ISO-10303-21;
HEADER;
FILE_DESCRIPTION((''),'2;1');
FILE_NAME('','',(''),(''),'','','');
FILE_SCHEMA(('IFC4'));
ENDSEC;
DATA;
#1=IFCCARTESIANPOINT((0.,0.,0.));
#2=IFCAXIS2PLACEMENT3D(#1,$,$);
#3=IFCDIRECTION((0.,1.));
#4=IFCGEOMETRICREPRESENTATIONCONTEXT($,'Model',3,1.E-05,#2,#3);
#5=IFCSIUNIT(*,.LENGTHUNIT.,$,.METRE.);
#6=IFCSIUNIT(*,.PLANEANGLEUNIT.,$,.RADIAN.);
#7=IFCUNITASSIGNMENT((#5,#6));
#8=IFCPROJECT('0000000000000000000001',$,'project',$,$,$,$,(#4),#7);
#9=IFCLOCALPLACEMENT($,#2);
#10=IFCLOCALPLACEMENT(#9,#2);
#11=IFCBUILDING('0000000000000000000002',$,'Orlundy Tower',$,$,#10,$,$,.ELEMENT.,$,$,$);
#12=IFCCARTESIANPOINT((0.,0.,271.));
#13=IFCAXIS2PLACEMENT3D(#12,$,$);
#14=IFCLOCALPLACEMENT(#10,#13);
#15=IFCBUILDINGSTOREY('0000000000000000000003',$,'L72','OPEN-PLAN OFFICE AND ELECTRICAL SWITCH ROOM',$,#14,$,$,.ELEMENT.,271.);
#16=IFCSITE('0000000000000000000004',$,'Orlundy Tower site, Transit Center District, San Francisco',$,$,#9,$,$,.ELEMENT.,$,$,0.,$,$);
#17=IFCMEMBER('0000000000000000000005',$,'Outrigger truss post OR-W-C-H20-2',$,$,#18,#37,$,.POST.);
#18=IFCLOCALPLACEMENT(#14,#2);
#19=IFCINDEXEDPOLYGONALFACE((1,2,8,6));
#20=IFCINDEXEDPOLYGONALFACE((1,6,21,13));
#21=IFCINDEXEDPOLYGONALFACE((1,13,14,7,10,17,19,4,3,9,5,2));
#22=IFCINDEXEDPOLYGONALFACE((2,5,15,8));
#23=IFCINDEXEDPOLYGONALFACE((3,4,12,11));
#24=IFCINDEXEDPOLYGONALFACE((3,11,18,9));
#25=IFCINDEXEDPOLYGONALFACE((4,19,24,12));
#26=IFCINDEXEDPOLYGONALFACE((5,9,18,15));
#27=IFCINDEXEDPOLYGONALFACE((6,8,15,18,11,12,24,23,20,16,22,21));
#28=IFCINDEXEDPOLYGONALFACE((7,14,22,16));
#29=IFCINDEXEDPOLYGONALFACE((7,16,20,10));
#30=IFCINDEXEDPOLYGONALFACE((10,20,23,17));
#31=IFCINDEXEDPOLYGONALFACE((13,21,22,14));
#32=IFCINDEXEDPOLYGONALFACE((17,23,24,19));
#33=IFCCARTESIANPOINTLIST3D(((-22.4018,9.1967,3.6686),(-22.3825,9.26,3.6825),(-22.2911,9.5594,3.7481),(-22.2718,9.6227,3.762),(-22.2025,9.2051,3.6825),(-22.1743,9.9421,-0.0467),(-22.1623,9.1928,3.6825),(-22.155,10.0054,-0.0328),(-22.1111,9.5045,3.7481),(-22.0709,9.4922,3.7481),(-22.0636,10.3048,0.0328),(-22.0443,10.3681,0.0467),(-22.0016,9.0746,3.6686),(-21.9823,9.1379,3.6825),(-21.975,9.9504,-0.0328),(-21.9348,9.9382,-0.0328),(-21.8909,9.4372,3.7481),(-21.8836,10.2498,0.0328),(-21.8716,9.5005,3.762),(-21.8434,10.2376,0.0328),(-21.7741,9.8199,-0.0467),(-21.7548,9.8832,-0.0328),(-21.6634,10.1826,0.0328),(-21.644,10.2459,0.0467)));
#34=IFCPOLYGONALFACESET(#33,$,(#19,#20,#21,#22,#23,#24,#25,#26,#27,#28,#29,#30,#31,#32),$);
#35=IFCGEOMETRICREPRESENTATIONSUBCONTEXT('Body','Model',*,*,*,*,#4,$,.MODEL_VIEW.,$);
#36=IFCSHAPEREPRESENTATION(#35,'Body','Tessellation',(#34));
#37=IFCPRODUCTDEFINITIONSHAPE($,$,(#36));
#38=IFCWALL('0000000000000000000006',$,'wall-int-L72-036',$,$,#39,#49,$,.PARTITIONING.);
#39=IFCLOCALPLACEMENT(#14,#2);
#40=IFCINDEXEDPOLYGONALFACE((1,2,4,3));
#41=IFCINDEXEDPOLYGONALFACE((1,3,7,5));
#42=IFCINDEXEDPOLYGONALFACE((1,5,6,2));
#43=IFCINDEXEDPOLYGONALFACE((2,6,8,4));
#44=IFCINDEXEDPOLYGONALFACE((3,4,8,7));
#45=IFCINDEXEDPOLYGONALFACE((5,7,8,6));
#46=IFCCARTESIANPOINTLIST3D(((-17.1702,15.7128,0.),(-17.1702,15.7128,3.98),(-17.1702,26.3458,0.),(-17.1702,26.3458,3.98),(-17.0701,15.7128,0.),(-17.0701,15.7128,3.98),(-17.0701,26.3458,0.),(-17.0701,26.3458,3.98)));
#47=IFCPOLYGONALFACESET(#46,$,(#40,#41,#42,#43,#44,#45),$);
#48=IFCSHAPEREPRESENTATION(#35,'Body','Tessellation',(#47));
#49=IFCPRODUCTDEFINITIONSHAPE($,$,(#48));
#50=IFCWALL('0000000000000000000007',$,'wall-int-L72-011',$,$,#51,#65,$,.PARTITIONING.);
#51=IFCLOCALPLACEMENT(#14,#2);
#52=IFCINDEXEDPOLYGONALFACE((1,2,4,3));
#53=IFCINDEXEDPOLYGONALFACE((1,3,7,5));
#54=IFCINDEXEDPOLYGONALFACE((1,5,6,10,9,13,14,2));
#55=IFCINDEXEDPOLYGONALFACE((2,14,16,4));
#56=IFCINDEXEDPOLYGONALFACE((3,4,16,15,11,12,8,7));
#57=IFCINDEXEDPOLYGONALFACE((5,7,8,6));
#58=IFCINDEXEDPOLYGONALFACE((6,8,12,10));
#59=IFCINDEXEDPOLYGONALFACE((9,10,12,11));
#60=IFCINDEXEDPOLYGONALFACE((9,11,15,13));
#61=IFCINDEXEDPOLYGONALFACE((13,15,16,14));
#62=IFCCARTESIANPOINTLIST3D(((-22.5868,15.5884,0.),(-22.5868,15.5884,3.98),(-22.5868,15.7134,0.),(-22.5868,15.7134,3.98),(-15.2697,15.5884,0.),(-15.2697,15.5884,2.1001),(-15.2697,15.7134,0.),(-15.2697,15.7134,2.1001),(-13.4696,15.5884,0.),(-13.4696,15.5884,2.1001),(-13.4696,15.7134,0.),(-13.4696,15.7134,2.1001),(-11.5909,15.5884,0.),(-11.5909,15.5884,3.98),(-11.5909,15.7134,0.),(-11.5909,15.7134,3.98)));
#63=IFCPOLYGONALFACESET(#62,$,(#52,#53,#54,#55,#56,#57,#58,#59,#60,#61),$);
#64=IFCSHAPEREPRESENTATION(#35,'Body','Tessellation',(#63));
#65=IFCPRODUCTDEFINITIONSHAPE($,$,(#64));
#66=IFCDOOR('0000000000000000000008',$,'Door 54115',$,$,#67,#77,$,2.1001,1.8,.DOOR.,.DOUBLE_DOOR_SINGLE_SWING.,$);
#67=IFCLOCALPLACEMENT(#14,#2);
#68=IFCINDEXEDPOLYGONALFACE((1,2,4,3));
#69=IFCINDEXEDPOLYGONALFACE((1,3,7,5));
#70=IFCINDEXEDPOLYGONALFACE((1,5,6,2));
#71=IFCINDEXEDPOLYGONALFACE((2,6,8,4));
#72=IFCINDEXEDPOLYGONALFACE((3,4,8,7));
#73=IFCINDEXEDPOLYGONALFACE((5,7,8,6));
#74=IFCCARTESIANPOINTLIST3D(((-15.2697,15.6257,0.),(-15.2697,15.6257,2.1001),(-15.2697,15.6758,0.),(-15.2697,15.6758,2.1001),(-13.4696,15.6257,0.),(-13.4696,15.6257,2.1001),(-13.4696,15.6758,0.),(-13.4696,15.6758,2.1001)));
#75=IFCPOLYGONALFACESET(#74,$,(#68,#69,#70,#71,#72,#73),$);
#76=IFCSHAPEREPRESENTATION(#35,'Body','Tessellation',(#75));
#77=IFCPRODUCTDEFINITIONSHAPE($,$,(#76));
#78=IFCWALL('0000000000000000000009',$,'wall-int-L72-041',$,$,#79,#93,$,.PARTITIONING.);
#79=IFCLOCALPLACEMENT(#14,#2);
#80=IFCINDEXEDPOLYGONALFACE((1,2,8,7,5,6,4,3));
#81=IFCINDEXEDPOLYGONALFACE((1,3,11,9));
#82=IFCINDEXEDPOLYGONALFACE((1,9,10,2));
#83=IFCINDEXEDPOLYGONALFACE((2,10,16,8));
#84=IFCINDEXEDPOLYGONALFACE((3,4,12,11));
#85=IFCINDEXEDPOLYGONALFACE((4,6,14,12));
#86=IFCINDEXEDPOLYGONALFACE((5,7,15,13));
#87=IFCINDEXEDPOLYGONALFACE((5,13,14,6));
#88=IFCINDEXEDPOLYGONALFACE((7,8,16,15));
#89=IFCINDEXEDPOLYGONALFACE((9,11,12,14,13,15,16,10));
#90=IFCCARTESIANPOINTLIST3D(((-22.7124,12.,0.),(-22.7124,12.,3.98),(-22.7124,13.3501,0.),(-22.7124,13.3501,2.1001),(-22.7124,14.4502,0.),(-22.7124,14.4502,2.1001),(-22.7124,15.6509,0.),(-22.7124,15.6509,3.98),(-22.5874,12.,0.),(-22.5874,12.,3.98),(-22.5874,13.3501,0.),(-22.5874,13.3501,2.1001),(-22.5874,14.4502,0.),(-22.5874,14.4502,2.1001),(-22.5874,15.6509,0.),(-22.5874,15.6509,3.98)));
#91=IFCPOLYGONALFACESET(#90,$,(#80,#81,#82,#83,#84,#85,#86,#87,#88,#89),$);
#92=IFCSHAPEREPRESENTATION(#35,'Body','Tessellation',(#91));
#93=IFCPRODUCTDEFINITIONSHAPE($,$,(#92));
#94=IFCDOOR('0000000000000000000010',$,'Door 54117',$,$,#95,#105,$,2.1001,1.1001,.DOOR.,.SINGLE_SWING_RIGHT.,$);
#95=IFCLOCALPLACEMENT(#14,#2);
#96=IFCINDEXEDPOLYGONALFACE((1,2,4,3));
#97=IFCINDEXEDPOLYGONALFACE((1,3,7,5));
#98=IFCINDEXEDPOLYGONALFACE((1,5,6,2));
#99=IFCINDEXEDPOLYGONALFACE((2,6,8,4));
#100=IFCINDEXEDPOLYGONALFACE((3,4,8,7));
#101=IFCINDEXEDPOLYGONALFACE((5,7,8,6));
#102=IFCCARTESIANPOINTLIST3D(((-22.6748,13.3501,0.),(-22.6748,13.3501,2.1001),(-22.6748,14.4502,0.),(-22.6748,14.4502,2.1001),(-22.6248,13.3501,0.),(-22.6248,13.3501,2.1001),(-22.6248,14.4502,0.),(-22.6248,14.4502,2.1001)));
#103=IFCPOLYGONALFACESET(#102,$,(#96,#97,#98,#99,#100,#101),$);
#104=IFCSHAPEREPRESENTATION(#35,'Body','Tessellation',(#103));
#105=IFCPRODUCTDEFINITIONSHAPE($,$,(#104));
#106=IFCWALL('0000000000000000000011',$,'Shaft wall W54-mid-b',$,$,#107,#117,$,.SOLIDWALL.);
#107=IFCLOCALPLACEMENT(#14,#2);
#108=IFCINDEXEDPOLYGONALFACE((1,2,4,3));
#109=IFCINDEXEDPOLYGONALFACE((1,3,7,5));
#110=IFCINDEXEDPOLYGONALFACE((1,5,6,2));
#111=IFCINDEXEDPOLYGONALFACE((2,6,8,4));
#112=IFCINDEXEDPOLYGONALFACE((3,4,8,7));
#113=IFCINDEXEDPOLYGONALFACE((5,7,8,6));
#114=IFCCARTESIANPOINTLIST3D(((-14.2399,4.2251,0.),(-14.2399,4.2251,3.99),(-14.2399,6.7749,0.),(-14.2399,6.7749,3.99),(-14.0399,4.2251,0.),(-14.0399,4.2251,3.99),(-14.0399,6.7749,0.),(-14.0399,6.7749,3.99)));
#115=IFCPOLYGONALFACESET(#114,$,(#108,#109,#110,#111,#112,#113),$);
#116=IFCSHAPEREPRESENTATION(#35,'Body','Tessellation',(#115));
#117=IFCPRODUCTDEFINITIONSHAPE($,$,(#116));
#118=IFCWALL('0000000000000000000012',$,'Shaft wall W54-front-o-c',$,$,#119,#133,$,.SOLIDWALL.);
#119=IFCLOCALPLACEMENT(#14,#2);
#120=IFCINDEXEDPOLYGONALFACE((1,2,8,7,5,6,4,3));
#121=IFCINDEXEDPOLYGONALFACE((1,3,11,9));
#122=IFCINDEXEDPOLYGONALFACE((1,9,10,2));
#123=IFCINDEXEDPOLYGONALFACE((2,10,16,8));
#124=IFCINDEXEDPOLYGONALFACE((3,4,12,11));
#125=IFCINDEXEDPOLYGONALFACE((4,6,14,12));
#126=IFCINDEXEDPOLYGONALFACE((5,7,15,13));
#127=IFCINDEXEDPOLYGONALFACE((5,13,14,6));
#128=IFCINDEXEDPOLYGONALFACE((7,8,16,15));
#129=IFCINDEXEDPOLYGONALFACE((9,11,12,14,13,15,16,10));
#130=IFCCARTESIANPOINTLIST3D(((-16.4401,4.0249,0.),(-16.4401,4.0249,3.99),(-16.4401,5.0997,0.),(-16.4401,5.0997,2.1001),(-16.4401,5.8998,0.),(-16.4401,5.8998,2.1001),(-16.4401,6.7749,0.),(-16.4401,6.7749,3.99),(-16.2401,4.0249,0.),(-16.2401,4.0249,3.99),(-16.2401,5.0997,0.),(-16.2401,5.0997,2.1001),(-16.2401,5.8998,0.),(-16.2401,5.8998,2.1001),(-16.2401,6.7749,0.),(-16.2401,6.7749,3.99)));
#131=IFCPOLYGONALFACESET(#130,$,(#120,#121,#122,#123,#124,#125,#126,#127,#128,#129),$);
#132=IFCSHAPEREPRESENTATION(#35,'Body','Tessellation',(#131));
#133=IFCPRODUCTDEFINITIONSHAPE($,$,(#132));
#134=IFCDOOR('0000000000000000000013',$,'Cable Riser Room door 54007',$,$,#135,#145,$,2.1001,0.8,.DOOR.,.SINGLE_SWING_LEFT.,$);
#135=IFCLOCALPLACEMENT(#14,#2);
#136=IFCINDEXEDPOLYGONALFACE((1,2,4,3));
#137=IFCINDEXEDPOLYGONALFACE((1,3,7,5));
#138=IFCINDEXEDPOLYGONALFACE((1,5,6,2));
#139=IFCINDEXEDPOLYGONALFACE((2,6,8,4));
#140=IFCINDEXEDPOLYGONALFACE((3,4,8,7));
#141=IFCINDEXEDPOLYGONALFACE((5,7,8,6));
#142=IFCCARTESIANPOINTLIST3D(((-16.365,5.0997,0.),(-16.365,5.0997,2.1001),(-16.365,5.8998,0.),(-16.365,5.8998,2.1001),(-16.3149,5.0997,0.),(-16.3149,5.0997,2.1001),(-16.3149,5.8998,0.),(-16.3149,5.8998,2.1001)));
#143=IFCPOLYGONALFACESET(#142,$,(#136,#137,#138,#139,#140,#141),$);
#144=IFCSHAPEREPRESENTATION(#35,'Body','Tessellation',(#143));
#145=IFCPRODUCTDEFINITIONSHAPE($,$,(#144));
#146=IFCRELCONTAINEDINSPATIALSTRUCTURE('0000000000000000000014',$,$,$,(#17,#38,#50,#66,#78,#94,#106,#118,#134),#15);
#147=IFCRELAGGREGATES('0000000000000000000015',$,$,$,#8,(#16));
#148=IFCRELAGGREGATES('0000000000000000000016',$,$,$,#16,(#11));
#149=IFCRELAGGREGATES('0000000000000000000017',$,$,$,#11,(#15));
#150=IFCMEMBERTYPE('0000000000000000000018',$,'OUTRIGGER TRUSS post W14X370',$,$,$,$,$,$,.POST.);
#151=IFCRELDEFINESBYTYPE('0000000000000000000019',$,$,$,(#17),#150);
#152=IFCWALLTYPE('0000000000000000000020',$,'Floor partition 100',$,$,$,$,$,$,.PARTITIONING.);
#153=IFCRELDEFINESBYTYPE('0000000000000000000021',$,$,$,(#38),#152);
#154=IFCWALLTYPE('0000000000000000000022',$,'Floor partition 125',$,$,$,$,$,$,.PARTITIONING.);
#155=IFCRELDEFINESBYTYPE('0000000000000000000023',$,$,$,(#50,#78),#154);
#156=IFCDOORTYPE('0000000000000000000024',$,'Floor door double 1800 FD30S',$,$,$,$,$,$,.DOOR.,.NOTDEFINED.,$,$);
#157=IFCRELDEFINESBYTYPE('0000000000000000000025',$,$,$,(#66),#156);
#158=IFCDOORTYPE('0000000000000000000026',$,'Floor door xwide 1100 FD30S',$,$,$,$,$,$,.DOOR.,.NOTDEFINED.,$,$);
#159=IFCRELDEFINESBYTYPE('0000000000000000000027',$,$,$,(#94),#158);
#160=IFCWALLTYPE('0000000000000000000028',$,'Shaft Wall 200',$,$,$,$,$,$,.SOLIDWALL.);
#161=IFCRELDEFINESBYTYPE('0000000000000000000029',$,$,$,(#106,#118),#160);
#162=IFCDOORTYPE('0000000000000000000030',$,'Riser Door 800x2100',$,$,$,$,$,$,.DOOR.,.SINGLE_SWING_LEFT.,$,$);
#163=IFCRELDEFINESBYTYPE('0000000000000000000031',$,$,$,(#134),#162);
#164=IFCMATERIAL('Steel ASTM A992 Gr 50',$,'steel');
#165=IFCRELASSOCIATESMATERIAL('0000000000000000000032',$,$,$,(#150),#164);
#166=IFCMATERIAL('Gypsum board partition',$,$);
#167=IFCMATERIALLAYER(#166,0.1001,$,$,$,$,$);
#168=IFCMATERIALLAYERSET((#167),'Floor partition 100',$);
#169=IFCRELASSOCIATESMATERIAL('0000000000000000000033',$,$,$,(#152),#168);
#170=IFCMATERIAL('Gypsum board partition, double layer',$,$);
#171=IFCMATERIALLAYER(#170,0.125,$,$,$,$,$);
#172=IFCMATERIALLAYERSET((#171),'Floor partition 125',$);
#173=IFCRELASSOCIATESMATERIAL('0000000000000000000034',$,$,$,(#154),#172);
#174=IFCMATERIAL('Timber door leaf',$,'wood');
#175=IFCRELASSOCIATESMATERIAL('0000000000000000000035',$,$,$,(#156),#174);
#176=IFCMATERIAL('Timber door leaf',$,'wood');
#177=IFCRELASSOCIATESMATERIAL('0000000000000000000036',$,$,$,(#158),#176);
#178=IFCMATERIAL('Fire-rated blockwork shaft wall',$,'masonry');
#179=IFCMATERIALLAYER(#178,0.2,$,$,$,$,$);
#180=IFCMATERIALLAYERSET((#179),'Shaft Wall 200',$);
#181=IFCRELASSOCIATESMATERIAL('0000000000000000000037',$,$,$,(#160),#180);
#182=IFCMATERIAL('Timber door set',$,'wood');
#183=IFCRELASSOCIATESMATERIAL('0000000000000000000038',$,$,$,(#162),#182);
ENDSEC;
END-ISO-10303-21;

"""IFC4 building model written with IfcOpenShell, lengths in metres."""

from ifc_helpers import new_model, si_unit, direction, frame, frame_2d, origin, origin_2d, place, context, subcontext, project, spatial, rectangle, i_section, extrude, material, layer, layer_set, material_profile, profile_set, type_object, element, fill, save


model = new_model("IFC4")

# Units and contexts
model_context = context("Model", 3, precision=1e-05, world=origin(), true_north=direction((0.0, 1.0)))
body_context = subcontext(model_context, "Body", "Model", "MODEL_VIEW")
ifc_project = project(units=[si_unit("LENGTHUNIT", "METRE"), si_unit("PLANEANGLEUNIT", "RADIAN")], contexts=[model_context])

# Site, building, storey
site_placement = place(None, origin())
site = spatial("IfcSite", under=ifc_project, at=site_placement, Name="Orlundy Tower site, Transit Center District, San Francisco", CompositionType="ELEMENT", RefElevation=0.0)
building_placement = place(site_placement, origin())
building = spatial("IfcBuilding", under=site, at=building_placement, Name="Orlundy Tower", CompositionType="ELEMENT")
storey_placement = place(building_placement, frame((0.0, 0.0, 271.0)))
storey = spatial("IfcBuildingStorey", under=building, at=storey_placement, Name="L72", Description="OPEN-PLAN OFFICE AND ELECTRICAL SWITCH ROOM", CompositionType="ELEMENT", Elevation=271.0)

# Member
ifc_material_1 = material(Name="Steel ASTM A992 Gr 50", Category="steel")
ifc_material_profile_1 = material_profile(ifc_material_1, i_section(OverallWidth=0.4185, OverallDepth=0.4551, WebThickness=0.042, FlangeThickness=0.0676, at=origin_2d()), Name="W14X370")
ifc_profile_set_1 = profile_set([ifc_material_profile_1], Name="Steel ASTM A992 Gr 50")
member_type_1 = type_object("IfcMemberType", Name="OUTRIGGER TRUSS post W14X370", PredefinedType="POST", material=ifc_profile_set_1)
member_1_placement = place(storey_placement, frame((-21.9092, 10.094, 0.0), z_axis=(-0.059939, -0.196345, 0.978701), x_axis=(0.956427, -0.291972, 0.0)))
element("IfcMember", 1, at=member_1_placement, inside=storey, type_object=member_type_1, Name="Outrigger truss post OR-W-C-H20-2", PredefinedType="POST", context=body_context, shape_type="SweptSolid", body=[
    extrude(i_section(OverallWidth=0.4185, OverallDepth=0.4551, WebThickness=0.042, FlangeThickness=0.0676, at=origin_2d()), origin(), (0.0, 0.0, 1.0), 3.7961),
])

# Wall
ifc_material_2 = material(Name="Gypsum board partition")
ifc_layer_1 = layer(ifc_material_2, 0.1001)
ifc_layer_set_1 = layer_set([ifc_layer_1], Name="Floor partition 100")
wall_type_1 = type_object("IfcWallType", Name="Floor partition 100", PredefinedType="PARTITIONING", material=ifc_layer_set_1)
wall_1_placement = place(storey_placement, frame((-17.1201, 15.7129, 0.0), z_axis=(0.0, 0.0, 1.0), x_axis=(0.0, 1.0, 0.0)))
element("IfcWall", 2, at=wall_1_placement, inside=storey, type_object=wall_type_1, Name="wall-int-L72-036", PredefinedType="PARTITIONING", context=body_context, shape_type="SweptSolid", body=[
    extrude(rectangle(XDim=10.6331, YDim=0.1001, at=frame_2d((5.3164, 0.0))), origin(), (0.0, 0.0, 1.0), 3.98),
])

# Walls, openings, doors
ifc_material_3 = material(Name="Gypsum board partition, double layer")
ifc_layer_2 = layer(ifc_material_3, 0.125)
ifc_layer_set_2 = layer_set([ifc_layer_2], Name="Floor partition 125")
wall_type_2 = type_object("IfcWallType", Name="Floor partition 125", PredefinedType="PARTITIONING", material=ifc_layer_set_2)
wall_2_placement = place(storey_placement, frame((-22.5869, 15.6509, 0.0), z_axis=(0.0, 0.0, 1.0), x_axis=(1.0, 0.0, 0.0)))
wall_2 = element("IfcWall", 3, at=wall_2_placement, inside=storey, type_object=wall_type_2, Name="wall-int-L72-011", PredefinedType="PARTITIONING", context=body_context, shape_type="SweptSolid", body=[
    extrude(rectangle(XDim=10.9958, YDim=0.125, at=frame_2d((5.498, 0.0))), origin(), (0.0, 0.0, 1.0), 3.98),
])
opening_1_placement = place(wall_2_placement, frame((7.3174, 0.0, 0.0)))
opening_1 = element("IfcOpeningElement", 4, at=opening_1_placement, cuts=wall_2, PredefinedType="OPENING", context=body_context, shape_type="SweptSolid", body=[
    extrude(rectangle(XDim=1.8, YDim=2.1001, at=frame_2d((0.8999, 1.05))), frame((0.0, 0.0725, 0.0), z_axis=(0.0, -1.0, 0.0), x_axis=(1.0, 0.0, 0.0)), (0.0, 0.0, 1.0), 0.145),
])
ifc_material_4 = material(Name="Timber door leaf", Category="wood")
door_type_1 = type_object("IfcDoorType", Name="Floor door double 1800 FD30S", OperationType="NOTDEFINED", PredefinedType="DOOR", material=ifc_material_4)
door_1_placement = place(opening_1_placement, origin())
door_1 = element("IfcDoor", 5, at=door_1_placement, inside=storey, type_object=door_type_1, Name="Door 54115", OperationType="DOUBLE_DOOR_SINGLE_SWING", OverallHeight=2.1001, OverallWidth=1.8, PredefinedType="DOOR", context=body_context, shape_type="SweptSolid", body=[
    extrude(rectangle(XDim=1.8, YDim=2.1001, at=frame_2d((0.8999, 1.05))), frame((0.0, 0.0249, 0.0), z_axis=(0.0, -1.0, 0.0), x_axis=(1.0, 0.0, 0.0)), (0.0, 0.0, 1.0), 0.05),
])
fill(opening_1, door_1)
wall_3_placement = place(storey_placement, frame((-22.6499, 12.0, 0.0), z_axis=(0.0, 0.0, 1.0), x_axis=(0.0, 1.0, 0.0)))
wall_3 = element("IfcWall", 6, at=wall_3_placement, inside=storey, type_object=wall_type_2, Name="wall-int-L72-041", PredefinedType="PARTITIONING", context=body_context, shape_type="SweptSolid", body=[
    extrude(rectangle(XDim=3.6509, YDim=0.125, at=frame_2d((1.8254, 0.0))), origin(), (0.0, 0.0, 1.0), 3.98),
])
opening_2_placement = place(wall_3_placement, frame((1.3501, 0.0, 0.0)))
opening_2 = element("IfcOpeningElement", 7, at=opening_2_placement, cuts=wall_3, PredefinedType="OPENING", context=body_context, shape_type="SweptSolid", body=[
    extrude(rectangle(XDim=1.1001, YDim=2.1001, at=frame_2d((0.55, 1.05))), frame((0.0, 0.0725, 0.0), z_axis=(0.0, -1.0, 0.0), x_axis=(1.0, 0.0, 0.0)), (0.0, 0.0, 1.0), 0.145),
])
ifc_material_5 = material(Name="Timber door leaf", Category="wood")
door_type_2 = type_object("IfcDoorType", Name="Floor door xwide 1100 FD30S", OperationType="NOTDEFINED", PredefinedType="DOOR", material=ifc_material_5)
door_2_placement = place(opening_2_placement, origin())
door_2 = element("IfcDoor", 8, at=door_2_placement, inside=storey, type_object=door_type_2, Name="Door 54117", OperationType="SINGLE_SWING_RIGHT", OverallHeight=2.1001, OverallWidth=1.1001, PredefinedType="DOOR", context=body_context, shape_type="SweptSolid", body=[
    extrude(rectangle(XDim=1.1001, YDim=2.1001, at=frame_2d((0.55, 1.05))), frame((0.0, 0.0249, 0.0), z_axis=(0.0, -1.0, 0.0), x_axis=(1.0, 0.0, 0.0)), (0.0, 0.0, 1.0), 0.05),
])
fill(opening_2, door_2)

# Wall
ifc_material_6 = material(Name="Fire-rated blockwork shaft wall", Category="masonry")
ifc_layer_3 = layer(ifc_material_6, 0.2)
ifc_layer_set_3 = layer_set([ifc_layer_3], Name="Shaft Wall 200")
wall_type_3 = type_object("IfcWallType", Name="Shaft Wall 200", PredefinedType="SOLIDWALL", material=ifc_layer_set_3)
wall_4_placement = place(storey_placement, frame((-14.1399, 4.2251, 0.0), z_axis=(0.0, 0.0, 1.0), x_axis=(0.0, 1.0, 0.0)))
element("IfcWall", 9, at=wall_4_placement, inside=storey, type_object=wall_type_3, Name="Shaft wall W54-mid-b", PredefinedType="SOLIDWALL", context=body_context, shape_type="SweptSolid", body=[
    extrude(rectangle(XDim=2.5498, YDim=0.2, at=frame_2d((1.2749, 0.0))), origin(), (0.0, 0.0, 1.0), 3.99),
])

# Wall, opening, door
wall_5_placement = place(storey_placement, frame((-16.3401, 4.0249, 0.0), z_axis=(0.0, 0.0, 1.0), x_axis=(0.0, 1.0, 0.0)))
wall_5 = element("IfcWall", 10, at=wall_5_placement, inside=storey, type_object=wall_type_3, Name="Shaft wall W54-front-o-c", PredefinedType="SOLIDWALL", context=body_context, shape_type="SweptSolid", body=[
    extrude(rectangle(XDim=2.75, YDim=0.2, at=frame_2d((1.375, 0.0))), origin(), (0.0, 0.0, 1.0), 3.99),
])
opening_3_placement = place(wall_5_placement, frame((1.075, 0.0, 0.0)))
opening_3 = element("IfcOpeningElement", 11, at=opening_3_placement, cuts=wall_5, PredefinedType="OPENING", context=body_context, shape_type="SweptSolid", body=[
    extrude(rectangle(XDim=0.8, YDim=2.1001, at=frame_2d((0.3999, 1.05))), frame((0.0, 0.1101, 0.0), z_axis=(0.0, -1.0, 0.0), x_axis=(1.0, 0.0, 0.0)), (0.0, 0.0, 1.0), 0.2202),
])
ifc_material_7 = material(Name="Timber door set", Category="wood")
door_type_3 = type_object("IfcDoorType", Name="Riser Door 800x2100", OperationType="SINGLE_SWING_LEFT", PredefinedType="DOOR", material=ifc_material_7)
door_3_placement = place(opening_3_placement, origin())
door_3 = element("IfcDoor", 12, at=door_3_placement, inside=storey, type_object=door_type_3, Name="Cable Riser Room door 54007", OperationType="SINGLE_SWING_LEFT", OverallHeight=2.1001, OverallWidth=0.8, PredefinedType="DOOR", context=body_context, shape_type="SweptSolid", body=[
    extrude(rectangle(XDim=0.8, YDim=2.1001, at=frame_2d((0.3999, 1.05))), frame((0.0, 0.0249, 0.0), z_axis=(0.0, -1.0, 0.0), x_axis=(1.0, 0.0, 0.0)), (0.0, 0.0, 1.0), 0.05),
])
fill(opening_3, door_3)

save(model, "model.ifc")
